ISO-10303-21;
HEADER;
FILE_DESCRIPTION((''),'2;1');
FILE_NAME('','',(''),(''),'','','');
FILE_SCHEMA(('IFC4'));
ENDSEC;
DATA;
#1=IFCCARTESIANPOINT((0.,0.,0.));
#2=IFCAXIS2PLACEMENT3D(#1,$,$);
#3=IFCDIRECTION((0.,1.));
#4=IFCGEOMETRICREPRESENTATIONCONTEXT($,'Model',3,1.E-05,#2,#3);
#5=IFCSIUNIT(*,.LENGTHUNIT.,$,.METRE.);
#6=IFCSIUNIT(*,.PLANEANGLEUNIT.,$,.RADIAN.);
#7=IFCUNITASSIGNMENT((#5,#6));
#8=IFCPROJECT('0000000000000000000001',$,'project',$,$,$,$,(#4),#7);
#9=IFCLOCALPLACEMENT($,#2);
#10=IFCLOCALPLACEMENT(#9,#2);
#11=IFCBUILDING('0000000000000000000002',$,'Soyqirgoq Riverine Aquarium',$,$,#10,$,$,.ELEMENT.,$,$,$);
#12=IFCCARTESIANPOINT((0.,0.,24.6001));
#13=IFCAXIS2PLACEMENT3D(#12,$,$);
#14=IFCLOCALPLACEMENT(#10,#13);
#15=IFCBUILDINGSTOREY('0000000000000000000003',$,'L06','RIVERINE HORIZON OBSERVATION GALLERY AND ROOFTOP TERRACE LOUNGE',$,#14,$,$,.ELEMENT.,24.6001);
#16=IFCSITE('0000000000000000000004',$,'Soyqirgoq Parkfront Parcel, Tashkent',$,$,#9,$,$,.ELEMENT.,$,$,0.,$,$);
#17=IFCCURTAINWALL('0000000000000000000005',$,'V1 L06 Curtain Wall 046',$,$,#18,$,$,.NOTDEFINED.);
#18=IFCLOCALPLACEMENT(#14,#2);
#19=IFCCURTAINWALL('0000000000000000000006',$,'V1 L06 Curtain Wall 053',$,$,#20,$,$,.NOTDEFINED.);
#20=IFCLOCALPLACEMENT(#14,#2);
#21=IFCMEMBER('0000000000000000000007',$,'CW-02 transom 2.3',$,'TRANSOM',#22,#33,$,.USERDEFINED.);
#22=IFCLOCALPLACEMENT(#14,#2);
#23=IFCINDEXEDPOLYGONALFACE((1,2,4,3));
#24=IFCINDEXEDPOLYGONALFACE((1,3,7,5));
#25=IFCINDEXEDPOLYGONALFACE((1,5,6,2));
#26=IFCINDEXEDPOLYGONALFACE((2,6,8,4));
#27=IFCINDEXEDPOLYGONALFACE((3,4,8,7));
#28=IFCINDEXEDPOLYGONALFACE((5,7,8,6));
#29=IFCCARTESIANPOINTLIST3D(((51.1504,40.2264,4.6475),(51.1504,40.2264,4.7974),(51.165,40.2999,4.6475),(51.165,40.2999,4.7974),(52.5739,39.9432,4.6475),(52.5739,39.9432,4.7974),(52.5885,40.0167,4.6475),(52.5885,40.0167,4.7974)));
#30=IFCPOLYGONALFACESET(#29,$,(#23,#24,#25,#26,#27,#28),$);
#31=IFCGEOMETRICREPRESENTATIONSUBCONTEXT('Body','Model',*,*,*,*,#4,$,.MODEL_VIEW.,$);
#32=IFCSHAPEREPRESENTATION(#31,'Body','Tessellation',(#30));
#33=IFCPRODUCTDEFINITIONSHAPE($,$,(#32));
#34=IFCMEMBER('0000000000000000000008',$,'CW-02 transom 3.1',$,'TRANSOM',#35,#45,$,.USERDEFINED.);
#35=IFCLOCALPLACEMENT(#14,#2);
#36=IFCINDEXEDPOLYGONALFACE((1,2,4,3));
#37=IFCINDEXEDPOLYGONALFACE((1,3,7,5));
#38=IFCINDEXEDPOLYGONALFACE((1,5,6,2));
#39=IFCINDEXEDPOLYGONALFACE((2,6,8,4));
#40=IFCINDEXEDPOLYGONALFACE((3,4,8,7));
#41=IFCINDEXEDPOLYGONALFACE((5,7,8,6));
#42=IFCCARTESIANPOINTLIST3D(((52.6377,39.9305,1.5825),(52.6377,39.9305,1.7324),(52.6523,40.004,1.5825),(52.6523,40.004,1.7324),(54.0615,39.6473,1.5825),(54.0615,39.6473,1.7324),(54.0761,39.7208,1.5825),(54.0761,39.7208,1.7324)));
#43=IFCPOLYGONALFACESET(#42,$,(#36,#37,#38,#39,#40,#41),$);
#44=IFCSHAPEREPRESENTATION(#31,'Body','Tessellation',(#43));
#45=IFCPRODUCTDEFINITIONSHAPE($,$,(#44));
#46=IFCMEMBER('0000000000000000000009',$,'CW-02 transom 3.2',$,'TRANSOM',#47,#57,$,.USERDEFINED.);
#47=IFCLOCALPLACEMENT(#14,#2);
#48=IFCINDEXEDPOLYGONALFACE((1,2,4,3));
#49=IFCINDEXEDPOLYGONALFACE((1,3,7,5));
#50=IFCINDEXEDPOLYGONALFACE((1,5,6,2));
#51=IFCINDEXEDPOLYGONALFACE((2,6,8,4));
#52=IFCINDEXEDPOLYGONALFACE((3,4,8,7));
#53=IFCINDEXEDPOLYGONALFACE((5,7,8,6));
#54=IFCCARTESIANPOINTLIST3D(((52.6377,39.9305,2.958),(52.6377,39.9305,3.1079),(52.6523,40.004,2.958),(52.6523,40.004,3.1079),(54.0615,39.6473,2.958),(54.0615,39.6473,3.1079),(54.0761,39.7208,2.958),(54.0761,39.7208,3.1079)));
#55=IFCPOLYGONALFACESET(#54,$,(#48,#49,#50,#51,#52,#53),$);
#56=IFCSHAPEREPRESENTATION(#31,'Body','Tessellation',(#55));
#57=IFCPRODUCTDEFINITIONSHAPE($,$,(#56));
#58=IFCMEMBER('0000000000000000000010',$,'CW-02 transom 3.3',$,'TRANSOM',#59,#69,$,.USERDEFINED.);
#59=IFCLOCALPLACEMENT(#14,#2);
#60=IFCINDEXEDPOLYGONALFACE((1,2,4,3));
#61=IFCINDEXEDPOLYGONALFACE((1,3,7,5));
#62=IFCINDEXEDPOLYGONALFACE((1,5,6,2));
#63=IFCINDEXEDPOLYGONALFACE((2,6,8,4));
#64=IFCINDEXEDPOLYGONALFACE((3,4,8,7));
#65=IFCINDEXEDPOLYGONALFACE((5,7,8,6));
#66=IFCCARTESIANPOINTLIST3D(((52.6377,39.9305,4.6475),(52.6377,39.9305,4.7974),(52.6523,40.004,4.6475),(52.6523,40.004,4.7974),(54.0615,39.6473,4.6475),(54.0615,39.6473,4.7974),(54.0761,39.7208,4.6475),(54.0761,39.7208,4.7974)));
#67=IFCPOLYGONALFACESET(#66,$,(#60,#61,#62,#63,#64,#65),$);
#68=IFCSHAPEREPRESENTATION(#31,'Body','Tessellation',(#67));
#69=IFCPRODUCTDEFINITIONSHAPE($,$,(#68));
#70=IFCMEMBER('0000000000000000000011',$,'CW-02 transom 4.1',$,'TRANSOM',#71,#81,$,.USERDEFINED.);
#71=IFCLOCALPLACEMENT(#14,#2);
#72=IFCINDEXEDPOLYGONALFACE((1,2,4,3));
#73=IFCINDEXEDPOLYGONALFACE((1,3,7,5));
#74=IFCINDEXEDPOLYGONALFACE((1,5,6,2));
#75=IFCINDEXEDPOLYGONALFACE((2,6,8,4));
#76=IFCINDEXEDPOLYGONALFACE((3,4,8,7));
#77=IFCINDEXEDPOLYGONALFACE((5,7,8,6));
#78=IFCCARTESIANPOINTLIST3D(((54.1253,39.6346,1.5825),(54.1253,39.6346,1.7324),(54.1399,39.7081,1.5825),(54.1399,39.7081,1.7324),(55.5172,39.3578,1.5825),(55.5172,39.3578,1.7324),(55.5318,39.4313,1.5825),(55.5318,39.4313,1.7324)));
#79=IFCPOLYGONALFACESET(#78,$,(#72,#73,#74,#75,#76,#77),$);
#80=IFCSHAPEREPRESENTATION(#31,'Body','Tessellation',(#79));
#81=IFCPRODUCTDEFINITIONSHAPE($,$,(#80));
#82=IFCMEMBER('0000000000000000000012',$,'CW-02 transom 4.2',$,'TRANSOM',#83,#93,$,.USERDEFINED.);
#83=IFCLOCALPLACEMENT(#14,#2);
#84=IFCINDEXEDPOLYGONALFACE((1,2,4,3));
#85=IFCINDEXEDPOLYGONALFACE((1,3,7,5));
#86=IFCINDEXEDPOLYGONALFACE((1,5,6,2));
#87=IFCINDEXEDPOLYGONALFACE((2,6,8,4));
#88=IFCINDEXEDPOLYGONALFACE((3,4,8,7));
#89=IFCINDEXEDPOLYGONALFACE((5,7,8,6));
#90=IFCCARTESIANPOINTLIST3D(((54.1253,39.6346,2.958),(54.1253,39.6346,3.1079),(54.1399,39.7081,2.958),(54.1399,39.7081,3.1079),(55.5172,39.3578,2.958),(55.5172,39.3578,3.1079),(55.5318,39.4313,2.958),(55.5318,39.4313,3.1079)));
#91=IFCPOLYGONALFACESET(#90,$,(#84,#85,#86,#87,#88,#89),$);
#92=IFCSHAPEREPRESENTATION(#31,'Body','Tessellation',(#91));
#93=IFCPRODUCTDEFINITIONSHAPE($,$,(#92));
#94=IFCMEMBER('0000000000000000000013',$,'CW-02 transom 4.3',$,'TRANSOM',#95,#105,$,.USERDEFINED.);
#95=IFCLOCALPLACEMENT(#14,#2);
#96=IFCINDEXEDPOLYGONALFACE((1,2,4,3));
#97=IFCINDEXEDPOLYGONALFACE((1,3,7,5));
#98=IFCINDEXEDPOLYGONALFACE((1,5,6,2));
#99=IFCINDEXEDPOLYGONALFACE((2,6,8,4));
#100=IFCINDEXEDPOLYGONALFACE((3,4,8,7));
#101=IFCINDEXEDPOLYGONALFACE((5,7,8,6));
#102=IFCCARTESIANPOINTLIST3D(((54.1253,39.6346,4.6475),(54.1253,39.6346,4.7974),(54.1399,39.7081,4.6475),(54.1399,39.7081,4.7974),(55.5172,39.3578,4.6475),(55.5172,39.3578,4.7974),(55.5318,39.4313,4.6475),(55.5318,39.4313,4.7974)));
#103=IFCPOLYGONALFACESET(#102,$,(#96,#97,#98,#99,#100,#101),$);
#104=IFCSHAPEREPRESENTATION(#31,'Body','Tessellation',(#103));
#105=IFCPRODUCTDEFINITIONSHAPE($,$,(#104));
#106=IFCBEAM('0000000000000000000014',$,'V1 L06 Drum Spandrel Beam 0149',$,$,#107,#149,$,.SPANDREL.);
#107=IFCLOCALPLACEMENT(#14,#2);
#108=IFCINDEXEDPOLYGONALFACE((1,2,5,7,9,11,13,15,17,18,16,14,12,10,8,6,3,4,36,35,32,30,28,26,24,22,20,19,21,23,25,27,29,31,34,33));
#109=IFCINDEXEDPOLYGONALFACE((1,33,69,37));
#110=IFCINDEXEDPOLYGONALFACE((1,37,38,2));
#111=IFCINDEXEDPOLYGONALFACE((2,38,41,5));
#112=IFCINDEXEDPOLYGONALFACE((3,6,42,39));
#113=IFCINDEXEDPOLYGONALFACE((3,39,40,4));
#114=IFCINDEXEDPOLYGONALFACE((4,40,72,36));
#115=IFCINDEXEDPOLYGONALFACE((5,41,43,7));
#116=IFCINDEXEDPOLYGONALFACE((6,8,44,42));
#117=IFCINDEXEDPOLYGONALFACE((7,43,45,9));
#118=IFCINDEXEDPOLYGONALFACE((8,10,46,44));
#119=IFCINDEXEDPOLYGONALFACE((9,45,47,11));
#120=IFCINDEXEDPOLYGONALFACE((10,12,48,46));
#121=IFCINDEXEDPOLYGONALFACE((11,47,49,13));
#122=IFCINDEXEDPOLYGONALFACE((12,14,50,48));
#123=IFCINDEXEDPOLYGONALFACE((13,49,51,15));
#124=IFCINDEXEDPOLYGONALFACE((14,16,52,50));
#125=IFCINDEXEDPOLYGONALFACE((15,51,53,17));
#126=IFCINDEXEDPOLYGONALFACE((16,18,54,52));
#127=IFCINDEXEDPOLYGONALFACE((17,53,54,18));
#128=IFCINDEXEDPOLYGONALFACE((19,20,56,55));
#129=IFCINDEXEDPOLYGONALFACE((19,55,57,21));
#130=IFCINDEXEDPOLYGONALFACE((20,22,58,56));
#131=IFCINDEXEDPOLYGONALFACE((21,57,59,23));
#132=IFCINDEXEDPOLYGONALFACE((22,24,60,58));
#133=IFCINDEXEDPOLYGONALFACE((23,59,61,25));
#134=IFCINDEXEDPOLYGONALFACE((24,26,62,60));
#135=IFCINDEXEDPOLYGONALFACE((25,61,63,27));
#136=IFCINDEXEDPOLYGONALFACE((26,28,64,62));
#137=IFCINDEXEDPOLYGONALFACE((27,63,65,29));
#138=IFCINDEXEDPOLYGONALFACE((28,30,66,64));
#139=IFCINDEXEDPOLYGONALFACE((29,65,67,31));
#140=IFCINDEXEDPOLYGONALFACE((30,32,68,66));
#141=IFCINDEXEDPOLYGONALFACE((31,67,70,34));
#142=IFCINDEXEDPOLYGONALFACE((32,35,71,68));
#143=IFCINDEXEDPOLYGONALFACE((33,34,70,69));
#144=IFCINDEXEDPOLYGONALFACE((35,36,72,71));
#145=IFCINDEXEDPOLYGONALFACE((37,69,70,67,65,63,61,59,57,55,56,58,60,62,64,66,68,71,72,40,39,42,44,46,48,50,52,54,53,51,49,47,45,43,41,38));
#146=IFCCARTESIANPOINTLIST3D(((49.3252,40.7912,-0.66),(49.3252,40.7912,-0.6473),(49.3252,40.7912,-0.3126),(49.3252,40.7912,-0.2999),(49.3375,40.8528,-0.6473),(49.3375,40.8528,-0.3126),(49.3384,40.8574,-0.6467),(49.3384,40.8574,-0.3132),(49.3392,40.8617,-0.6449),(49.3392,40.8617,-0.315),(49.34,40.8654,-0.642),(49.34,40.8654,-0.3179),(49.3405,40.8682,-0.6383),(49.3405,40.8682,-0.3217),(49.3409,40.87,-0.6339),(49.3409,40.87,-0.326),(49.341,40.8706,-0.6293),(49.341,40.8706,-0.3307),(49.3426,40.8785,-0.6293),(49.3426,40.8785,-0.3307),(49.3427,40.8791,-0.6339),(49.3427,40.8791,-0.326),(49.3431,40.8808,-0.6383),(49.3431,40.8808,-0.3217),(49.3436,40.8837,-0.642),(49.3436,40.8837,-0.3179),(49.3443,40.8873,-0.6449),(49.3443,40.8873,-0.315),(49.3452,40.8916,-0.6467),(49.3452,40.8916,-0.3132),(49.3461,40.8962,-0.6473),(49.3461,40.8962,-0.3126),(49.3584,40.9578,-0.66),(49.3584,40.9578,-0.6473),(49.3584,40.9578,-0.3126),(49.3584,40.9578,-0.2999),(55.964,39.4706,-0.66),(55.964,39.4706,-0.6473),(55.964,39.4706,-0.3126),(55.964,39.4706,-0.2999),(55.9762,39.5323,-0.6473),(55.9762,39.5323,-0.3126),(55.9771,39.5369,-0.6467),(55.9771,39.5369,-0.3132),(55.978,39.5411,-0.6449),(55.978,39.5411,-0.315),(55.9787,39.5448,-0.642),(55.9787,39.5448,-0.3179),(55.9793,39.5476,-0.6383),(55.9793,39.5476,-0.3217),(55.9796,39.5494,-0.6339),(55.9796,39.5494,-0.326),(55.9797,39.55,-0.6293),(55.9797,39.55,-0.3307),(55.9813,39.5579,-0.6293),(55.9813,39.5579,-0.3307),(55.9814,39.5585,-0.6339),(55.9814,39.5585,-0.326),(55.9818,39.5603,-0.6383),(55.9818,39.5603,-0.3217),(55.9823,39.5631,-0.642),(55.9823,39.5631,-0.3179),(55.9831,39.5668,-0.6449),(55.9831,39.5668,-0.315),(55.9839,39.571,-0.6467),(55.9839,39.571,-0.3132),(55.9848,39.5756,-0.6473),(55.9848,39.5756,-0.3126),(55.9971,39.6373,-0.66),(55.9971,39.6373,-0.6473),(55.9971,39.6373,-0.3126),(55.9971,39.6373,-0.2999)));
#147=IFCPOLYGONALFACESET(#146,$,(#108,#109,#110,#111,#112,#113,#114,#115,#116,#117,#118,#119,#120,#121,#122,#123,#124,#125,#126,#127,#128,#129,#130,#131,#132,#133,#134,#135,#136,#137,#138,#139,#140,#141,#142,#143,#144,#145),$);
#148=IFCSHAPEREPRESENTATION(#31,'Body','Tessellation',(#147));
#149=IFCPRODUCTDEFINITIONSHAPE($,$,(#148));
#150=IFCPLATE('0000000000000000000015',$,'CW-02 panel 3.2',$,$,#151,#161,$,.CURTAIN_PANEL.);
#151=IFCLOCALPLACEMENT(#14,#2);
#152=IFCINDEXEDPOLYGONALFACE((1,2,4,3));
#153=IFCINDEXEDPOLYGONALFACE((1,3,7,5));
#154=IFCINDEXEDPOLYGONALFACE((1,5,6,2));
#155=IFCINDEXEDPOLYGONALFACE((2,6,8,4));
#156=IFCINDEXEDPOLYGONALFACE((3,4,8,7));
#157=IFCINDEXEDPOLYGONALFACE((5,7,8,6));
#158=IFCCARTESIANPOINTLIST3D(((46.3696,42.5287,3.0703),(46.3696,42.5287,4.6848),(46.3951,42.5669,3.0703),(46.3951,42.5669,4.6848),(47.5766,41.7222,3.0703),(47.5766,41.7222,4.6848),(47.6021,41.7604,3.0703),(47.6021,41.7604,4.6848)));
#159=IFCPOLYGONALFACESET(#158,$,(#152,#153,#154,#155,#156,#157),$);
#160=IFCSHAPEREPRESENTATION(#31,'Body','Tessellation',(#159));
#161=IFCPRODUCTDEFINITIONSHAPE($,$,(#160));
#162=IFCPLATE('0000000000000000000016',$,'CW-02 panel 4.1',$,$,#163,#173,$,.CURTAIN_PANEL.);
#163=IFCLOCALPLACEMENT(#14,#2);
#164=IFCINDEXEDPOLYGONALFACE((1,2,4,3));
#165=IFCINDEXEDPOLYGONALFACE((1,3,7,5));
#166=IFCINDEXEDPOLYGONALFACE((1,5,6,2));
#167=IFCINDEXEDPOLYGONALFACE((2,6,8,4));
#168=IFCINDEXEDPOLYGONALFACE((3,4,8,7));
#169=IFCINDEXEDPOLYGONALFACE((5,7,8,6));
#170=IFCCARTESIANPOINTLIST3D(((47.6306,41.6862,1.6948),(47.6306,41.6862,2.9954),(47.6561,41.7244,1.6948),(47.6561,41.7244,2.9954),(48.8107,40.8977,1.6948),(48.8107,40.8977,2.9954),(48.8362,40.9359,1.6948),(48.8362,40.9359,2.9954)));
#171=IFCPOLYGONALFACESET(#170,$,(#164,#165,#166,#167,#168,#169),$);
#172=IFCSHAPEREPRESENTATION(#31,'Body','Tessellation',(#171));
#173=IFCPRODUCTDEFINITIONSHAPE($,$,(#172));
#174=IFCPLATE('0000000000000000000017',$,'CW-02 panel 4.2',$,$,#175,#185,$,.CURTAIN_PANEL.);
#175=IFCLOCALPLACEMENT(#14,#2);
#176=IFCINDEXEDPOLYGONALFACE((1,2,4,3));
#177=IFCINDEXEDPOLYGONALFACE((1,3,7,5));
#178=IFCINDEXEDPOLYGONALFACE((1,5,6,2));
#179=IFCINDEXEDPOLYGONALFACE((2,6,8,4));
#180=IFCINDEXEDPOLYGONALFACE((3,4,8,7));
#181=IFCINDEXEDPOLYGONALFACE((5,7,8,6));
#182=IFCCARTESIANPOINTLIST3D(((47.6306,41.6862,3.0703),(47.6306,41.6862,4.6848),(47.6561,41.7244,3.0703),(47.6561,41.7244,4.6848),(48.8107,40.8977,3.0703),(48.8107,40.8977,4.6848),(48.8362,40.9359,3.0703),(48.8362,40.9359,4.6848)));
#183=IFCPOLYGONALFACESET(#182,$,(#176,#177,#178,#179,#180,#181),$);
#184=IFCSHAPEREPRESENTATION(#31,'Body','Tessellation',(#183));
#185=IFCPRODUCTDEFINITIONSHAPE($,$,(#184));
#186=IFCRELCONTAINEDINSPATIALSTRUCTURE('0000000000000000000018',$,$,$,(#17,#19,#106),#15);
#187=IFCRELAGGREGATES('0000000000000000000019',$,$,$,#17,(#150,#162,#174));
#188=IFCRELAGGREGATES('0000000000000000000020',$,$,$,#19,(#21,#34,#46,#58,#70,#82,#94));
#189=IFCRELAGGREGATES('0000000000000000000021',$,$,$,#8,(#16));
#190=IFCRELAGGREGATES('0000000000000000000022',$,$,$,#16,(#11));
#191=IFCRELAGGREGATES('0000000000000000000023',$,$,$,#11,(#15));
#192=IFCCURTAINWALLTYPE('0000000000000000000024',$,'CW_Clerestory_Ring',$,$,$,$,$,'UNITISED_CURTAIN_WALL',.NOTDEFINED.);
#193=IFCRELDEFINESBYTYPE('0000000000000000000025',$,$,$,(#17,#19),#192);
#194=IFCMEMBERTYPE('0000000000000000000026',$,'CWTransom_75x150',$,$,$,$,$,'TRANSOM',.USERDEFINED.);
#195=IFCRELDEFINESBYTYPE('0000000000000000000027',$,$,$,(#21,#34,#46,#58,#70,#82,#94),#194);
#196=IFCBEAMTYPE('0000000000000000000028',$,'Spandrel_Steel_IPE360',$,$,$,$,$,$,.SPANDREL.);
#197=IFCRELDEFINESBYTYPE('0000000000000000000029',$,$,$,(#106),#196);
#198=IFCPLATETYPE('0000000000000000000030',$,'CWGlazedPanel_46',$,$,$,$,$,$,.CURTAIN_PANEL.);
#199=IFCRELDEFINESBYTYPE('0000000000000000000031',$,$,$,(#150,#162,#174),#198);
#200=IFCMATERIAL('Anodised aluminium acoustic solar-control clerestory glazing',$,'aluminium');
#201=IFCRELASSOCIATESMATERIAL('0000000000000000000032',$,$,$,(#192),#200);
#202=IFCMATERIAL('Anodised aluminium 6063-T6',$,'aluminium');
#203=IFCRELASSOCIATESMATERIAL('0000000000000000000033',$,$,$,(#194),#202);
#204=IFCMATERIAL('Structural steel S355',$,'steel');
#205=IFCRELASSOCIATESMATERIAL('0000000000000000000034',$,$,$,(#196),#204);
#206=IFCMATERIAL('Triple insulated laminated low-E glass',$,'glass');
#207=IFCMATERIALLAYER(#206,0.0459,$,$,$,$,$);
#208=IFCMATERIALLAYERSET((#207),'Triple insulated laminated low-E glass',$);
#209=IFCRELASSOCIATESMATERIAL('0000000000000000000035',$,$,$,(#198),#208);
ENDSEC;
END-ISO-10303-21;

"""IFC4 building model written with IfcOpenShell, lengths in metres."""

from ifc_helpers import new_model, si_unit, direction, frame, origin, origin_2d, place, context, subcontext, project, spatial, rectangle, i_section, extrude, material, layer, layer_set, material_profile, profile_set, type_object, element, aggregate, save


model = new_model("IFC4")

# Units and contexts
model_context = context("Model", 3, precision=1e-05, world=origin(), true_north=direction((0.0, 1.0)))
body_context = subcontext(model_context, "Body", "Model", "MODEL_VIEW")
ifc_project = project(units=[si_unit("LENGTHUNIT", "METRE"), si_unit("PLANEANGLEUNIT", "RADIAN")], contexts=[model_context])

# Site, building, storey
site_placement = place(None, origin())
site = spatial("IfcSite", under=ifc_project, at=site_placement, Name="Soyqirgoq Parkfront Parcel, Tashkent", CompositionType="ELEMENT", RefElevation=0.0)
building_placement = place(site_placement, origin())
building = spatial("IfcBuilding", under=site, at=building_placement, Name="Soyqirgoq Riverine Aquarium", CompositionType="ELEMENT")
storey_placement = place(building_placement, frame((0.0, 0.0, 24.6001)))
storey = spatial("IfcBuildingStorey", under=building, at=storey_placement, Name="L06", Description="RIVERINE HORIZON OBSERVATION GALLERY AND ROOFTOP TERRACE LOUNGE", CompositionType="ELEMENT", Elevation=24.6001)

# Curtain walls
ifc_material_1 = material(Name="Anodised aluminium acoustic solar-control clerestory glazing", Category="aluminium")
curtain_wall_type = type_object("IfcCurtainWallType", Name="CW_Clerestory_Ring", ElementType="UNITISED_CURTAIN_WALL", PredefinedType="NOTDEFINED", material=ifc_material_1)
curtain_wall_1_placement = place(storey_placement, origin())
curtain_wall_1 = element("IfcCurtainWall", 1, at=curtain_wall_1_placement, inside=storey, type_object=curtain_wall_type, Name="V1 L06 Curtain Wall 046", PredefinedType="NOTDEFINED")
curtain_wall_2_placement = place(storey_placement, origin())
curtain_wall_2 = element("IfcCurtainWall", 2, at=curtain_wall_2_placement, inside=storey, type_object=curtain_wall_type, Name="V1 L06 Curtain Wall 053", PredefinedType="NOTDEFINED")

# Members
ifc_material_2 = material(Name="Anodised aluminium 6063-T6", Category="aluminium")
ifc_material_profile_1 = material_profile(ifc_material_2, rectangle(XDim=0.075, YDim=0.1499, at=origin_2d()), Name="ALU-T 75x150")
ifc_profile_set_1 = profile_set([ifc_material_profile_1], Name="Anodised aluminium 6063-T6")
member_type_1 = type_object("IfcMemberType", Name="CWTransom_75x150", ElementType="TRANSOM", PredefinedType="USERDEFINED", material=ifc_profile_set_1)
member_1_placement = place(storey_placement, frame((51.1577, 40.2632, 4.7224), z_axis=(0.980781, -0.195113, 0.0), x_axis=(0.195113, 0.980781, 0.0)))
member_1 = element("IfcMember", 3, at=member_1_placement, type_object=member_type_1, Name="CW-02 transom 2.3", ObjectType="TRANSOM", PredefinedType="USERDEFINED", context=body_context, shape_type="SweptSolid", body=[
    extrude(rectangle(XDim=0.075, YDim=0.1499, at=origin_2d()), origin(), (0.0, 0.0, 1.0), 1.4514),
])
member_2_placement = place(storey_placement, frame((52.645, 39.9673, 1.6575), z_axis=(0.980787, -0.195081, 0.0), x_axis=(0.195081, 0.980787, 0.0)))
member_2 = element("IfcMember", 4, at=member_2_placement, type_object=member_type_1, Name="CW-02 transom 3.1", ObjectType="TRANSOM", PredefinedType="USERDEFINED", context=body_context, shape_type="SweptSolid", body=[
    extrude(rectangle(XDim=0.075, YDim=0.1499, at=origin_2d()), origin(), (0.0, 0.0, 1.0), 1.4517),
])
member_3_placement = place(storey_placement, frame((52.645, 39.9673, 3.033), z_axis=(0.980787, -0.195081, 0.0), x_axis=(0.195081, 0.980787, 0.0)))
member_3 = element("IfcMember", 5, at=member_3_placement, type_object=member_type_1, Name="CW-02 transom 3.2", ObjectType="TRANSOM", PredefinedType="USERDEFINED", context=body_context, shape_type="SweptSolid", body=[
    extrude(rectangle(XDim=0.075, YDim=0.1499, at=origin_2d()), origin(), (0.0, 0.0, 1.0), 1.4517),
])
member_4_placement = place(storey_placement, frame((52.645, 39.9673, 4.7224), z_axis=(0.980787, -0.195081, 0.0), x_axis=(0.195081, 0.980787, 0.0)))
member_4 = element("IfcMember", 6, at=member_4_placement, type_object=member_type_1, Name="CW-02 transom 3.3", ObjectType="TRANSOM", PredefinedType="USERDEFINED", context=body_context, shape_type="SweptSolid", body=[
    extrude(rectangle(XDim=0.075, YDim=0.1499, at=origin_2d()), origin(), (0.0, 0.0, 1.0), 1.4517),
])
member_5_placement = place(storey_placement, frame((54.1326, 39.6714, 1.6575), z_axis=(0.980785, -0.19509, 0.0), x_axis=(0.19509, 0.980785, 0.0)))
member_5 = element("IfcMember", 7, at=member_5_placement, type_object=member_type_1, Name="CW-02 transom 4.1", ObjectType="TRANSOM", PredefinedType="USERDEFINED", context=body_context, shape_type="SweptSolid", body=[
    extrude(rectangle(XDim=0.075, YDim=0.1499, at=origin_2d()), origin(), (0.0, 0.0, 1.0), 1.4192),
])
member_6_placement = place(storey_placement, frame((54.1326, 39.6714, 3.033), z_axis=(0.980785, -0.19509, 0.0), x_axis=(0.19509, 0.980785, 0.0)))
member_6 = element("IfcMember", 8, at=member_6_placement, type_object=member_type_1, Name="CW-02 transom 4.2", ObjectType="TRANSOM", PredefinedType="USERDEFINED", context=body_context, shape_type="SweptSolid", body=[
    extrude(rectangle(XDim=0.075, YDim=0.1499, at=origin_2d()), origin(), (0.0, 0.0, 1.0), 1.4192),
])
member_7_placement = place(storey_placement, frame((54.1326, 39.6714, 4.7224), z_axis=(0.980785, -0.19509, 0.0), x_axis=(0.19509, 0.980785, 0.0)))
member_7 = element("IfcMember", 9, at=member_7_placement, type_object=member_type_1, Name="CW-02 transom 4.3", ObjectType="TRANSOM", PredefinedType="USERDEFINED", context=body_context, shape_type="SweptSolid", body=[
    extrude(rectangle(XDim=0.075, YDim=0.1499, at=origin_2d()), origin(), (0.0, 0.0, 1.0), 1.4192),
])

# Beam
ifc_material_3 = material(Name="Structural steel S355", Category="steel")
ifc_material_profile_2 = material_profile(ifc_material_3, i_section(OverallWidth=0.1699, OverallDepth=0.3601, WebThickness=0.0081, FlangeThickness=0.0127, FilletRadius=0.0181, at=origin_2d()), Name="IPE 360")
ifc_profile_set_2 = profile_set([ifc_material_profile_2], Name="Structural steel S355")
beam_type = type_object("IfcBeamType", Name="Spandrel_Steel_IPE360", PredefinedType="SPANDREL", material=ifc_profile_set_2)
beam_placement = place(storey_placement, frame((49.3418, 40.8745, -0.48), z_axis=(0.980784, -0.195096, 0.0), x_axis=(0.195096, 0.980784, 0.0)))
element("IfcBeam", 10, at=beam_placement, inside=storey, type_object=beam_type, Name="V1 L06 Drum Spandrel Beam 0149", PredefinedType="SPANDREL", context=body_context, shape_type="SweptSolid", body=[
    extrude(i_section(OverallWidth=0.1699, OverallDepth=0.3601, WebThickness=0.0081, FlangeThickness=0.0127, FilletRadius=0.0181, at=origin_2d()), origin(), (0.0, 0.0, 1.0), 6.7688),
])

# Plates
ifc_material_4 = material(Name="Triple insulated laminated low-E glass", Category="glass")
ifc_layer_1 = layer(ifc_material_4, 0.0459)
ifc_layer_set_1 = layer_set([ifc_layer_1], Name="Triple insulated laminated low-E glass")
plate_type = type_object("IfcPlateType", Name="CWGlazedPanel_46", PredefinedType="CURTAIN_PANEL", material=ifc_layer_set_1)
plate_1_placement = place(storey_placement, frame((46.9858, 42.1445, 3.0703), z_axis=(0.0, 0.0, 1.0), x_axis=(0.831464, -0.555579, 0.0)))
plate_1 = element("IfcPlate", 11, at=plate_1_placement, type_object=plate_type, Name="CW-02 panel 3.2", PredefinedType="CURTAIN_PANEL", context=body_context, shape_type="SweptSolid", body=[
    extrude(rectangle(XDim=1.4517, YDim=0.0459, at=origin_2d()), origin(), (0.0, 0.0, 1.0), 1.6145),
])
plate_2_placement = place(storey_placement, frame((48.2334, 41.311, 1.6948), z_axis=(0.0, 0.0, 1.0), x_axis=(0.831464, -0.555579, 0.0)))
plate_2 = element("IfcPlate", 12, at=plate_2_placement, type_object=plate_type, Name="CW-02 panel 4.1", PredefinedType="CURTAIN_PANEL", context=body_context, shape_type="SweptSolid", body=[
    extrude(rectangle(XDim=1.4192, YDim=0.0459, at=origin_2d()), origin(), (0.0, 0.0, 1.0), 1.3005),
])
plate_3_placement = place(storey_placement, frame((48.2334, 41.311, 3.0703), z_axis=(0.0, 0.0, 1.0), x_axis=(0.831464, -0.555579, 0.0)))
plate_3 = element("IfcPlate", 13, at=plate_3_placement, type_object=plate_type, Name="CW-02 panel 4.2", PredefinedType="CURTAIN_PANEL", context=body_context, shape_type="SweptSolid", body=[
    extrude(rectangle(XDim=1.4192, YDim=0.0459, at=origin_2d()), origin(), (0.0, 0.0, 1.0), 1.6145),
])
aggregate(curtain_wall_1, [plate_1, plate_2, plate_3])
aggregate(curtain_wall_2, [member_1, member_2, member_3, member_4, member_5, member_6, member_7])

save(model, "model.ifc")
